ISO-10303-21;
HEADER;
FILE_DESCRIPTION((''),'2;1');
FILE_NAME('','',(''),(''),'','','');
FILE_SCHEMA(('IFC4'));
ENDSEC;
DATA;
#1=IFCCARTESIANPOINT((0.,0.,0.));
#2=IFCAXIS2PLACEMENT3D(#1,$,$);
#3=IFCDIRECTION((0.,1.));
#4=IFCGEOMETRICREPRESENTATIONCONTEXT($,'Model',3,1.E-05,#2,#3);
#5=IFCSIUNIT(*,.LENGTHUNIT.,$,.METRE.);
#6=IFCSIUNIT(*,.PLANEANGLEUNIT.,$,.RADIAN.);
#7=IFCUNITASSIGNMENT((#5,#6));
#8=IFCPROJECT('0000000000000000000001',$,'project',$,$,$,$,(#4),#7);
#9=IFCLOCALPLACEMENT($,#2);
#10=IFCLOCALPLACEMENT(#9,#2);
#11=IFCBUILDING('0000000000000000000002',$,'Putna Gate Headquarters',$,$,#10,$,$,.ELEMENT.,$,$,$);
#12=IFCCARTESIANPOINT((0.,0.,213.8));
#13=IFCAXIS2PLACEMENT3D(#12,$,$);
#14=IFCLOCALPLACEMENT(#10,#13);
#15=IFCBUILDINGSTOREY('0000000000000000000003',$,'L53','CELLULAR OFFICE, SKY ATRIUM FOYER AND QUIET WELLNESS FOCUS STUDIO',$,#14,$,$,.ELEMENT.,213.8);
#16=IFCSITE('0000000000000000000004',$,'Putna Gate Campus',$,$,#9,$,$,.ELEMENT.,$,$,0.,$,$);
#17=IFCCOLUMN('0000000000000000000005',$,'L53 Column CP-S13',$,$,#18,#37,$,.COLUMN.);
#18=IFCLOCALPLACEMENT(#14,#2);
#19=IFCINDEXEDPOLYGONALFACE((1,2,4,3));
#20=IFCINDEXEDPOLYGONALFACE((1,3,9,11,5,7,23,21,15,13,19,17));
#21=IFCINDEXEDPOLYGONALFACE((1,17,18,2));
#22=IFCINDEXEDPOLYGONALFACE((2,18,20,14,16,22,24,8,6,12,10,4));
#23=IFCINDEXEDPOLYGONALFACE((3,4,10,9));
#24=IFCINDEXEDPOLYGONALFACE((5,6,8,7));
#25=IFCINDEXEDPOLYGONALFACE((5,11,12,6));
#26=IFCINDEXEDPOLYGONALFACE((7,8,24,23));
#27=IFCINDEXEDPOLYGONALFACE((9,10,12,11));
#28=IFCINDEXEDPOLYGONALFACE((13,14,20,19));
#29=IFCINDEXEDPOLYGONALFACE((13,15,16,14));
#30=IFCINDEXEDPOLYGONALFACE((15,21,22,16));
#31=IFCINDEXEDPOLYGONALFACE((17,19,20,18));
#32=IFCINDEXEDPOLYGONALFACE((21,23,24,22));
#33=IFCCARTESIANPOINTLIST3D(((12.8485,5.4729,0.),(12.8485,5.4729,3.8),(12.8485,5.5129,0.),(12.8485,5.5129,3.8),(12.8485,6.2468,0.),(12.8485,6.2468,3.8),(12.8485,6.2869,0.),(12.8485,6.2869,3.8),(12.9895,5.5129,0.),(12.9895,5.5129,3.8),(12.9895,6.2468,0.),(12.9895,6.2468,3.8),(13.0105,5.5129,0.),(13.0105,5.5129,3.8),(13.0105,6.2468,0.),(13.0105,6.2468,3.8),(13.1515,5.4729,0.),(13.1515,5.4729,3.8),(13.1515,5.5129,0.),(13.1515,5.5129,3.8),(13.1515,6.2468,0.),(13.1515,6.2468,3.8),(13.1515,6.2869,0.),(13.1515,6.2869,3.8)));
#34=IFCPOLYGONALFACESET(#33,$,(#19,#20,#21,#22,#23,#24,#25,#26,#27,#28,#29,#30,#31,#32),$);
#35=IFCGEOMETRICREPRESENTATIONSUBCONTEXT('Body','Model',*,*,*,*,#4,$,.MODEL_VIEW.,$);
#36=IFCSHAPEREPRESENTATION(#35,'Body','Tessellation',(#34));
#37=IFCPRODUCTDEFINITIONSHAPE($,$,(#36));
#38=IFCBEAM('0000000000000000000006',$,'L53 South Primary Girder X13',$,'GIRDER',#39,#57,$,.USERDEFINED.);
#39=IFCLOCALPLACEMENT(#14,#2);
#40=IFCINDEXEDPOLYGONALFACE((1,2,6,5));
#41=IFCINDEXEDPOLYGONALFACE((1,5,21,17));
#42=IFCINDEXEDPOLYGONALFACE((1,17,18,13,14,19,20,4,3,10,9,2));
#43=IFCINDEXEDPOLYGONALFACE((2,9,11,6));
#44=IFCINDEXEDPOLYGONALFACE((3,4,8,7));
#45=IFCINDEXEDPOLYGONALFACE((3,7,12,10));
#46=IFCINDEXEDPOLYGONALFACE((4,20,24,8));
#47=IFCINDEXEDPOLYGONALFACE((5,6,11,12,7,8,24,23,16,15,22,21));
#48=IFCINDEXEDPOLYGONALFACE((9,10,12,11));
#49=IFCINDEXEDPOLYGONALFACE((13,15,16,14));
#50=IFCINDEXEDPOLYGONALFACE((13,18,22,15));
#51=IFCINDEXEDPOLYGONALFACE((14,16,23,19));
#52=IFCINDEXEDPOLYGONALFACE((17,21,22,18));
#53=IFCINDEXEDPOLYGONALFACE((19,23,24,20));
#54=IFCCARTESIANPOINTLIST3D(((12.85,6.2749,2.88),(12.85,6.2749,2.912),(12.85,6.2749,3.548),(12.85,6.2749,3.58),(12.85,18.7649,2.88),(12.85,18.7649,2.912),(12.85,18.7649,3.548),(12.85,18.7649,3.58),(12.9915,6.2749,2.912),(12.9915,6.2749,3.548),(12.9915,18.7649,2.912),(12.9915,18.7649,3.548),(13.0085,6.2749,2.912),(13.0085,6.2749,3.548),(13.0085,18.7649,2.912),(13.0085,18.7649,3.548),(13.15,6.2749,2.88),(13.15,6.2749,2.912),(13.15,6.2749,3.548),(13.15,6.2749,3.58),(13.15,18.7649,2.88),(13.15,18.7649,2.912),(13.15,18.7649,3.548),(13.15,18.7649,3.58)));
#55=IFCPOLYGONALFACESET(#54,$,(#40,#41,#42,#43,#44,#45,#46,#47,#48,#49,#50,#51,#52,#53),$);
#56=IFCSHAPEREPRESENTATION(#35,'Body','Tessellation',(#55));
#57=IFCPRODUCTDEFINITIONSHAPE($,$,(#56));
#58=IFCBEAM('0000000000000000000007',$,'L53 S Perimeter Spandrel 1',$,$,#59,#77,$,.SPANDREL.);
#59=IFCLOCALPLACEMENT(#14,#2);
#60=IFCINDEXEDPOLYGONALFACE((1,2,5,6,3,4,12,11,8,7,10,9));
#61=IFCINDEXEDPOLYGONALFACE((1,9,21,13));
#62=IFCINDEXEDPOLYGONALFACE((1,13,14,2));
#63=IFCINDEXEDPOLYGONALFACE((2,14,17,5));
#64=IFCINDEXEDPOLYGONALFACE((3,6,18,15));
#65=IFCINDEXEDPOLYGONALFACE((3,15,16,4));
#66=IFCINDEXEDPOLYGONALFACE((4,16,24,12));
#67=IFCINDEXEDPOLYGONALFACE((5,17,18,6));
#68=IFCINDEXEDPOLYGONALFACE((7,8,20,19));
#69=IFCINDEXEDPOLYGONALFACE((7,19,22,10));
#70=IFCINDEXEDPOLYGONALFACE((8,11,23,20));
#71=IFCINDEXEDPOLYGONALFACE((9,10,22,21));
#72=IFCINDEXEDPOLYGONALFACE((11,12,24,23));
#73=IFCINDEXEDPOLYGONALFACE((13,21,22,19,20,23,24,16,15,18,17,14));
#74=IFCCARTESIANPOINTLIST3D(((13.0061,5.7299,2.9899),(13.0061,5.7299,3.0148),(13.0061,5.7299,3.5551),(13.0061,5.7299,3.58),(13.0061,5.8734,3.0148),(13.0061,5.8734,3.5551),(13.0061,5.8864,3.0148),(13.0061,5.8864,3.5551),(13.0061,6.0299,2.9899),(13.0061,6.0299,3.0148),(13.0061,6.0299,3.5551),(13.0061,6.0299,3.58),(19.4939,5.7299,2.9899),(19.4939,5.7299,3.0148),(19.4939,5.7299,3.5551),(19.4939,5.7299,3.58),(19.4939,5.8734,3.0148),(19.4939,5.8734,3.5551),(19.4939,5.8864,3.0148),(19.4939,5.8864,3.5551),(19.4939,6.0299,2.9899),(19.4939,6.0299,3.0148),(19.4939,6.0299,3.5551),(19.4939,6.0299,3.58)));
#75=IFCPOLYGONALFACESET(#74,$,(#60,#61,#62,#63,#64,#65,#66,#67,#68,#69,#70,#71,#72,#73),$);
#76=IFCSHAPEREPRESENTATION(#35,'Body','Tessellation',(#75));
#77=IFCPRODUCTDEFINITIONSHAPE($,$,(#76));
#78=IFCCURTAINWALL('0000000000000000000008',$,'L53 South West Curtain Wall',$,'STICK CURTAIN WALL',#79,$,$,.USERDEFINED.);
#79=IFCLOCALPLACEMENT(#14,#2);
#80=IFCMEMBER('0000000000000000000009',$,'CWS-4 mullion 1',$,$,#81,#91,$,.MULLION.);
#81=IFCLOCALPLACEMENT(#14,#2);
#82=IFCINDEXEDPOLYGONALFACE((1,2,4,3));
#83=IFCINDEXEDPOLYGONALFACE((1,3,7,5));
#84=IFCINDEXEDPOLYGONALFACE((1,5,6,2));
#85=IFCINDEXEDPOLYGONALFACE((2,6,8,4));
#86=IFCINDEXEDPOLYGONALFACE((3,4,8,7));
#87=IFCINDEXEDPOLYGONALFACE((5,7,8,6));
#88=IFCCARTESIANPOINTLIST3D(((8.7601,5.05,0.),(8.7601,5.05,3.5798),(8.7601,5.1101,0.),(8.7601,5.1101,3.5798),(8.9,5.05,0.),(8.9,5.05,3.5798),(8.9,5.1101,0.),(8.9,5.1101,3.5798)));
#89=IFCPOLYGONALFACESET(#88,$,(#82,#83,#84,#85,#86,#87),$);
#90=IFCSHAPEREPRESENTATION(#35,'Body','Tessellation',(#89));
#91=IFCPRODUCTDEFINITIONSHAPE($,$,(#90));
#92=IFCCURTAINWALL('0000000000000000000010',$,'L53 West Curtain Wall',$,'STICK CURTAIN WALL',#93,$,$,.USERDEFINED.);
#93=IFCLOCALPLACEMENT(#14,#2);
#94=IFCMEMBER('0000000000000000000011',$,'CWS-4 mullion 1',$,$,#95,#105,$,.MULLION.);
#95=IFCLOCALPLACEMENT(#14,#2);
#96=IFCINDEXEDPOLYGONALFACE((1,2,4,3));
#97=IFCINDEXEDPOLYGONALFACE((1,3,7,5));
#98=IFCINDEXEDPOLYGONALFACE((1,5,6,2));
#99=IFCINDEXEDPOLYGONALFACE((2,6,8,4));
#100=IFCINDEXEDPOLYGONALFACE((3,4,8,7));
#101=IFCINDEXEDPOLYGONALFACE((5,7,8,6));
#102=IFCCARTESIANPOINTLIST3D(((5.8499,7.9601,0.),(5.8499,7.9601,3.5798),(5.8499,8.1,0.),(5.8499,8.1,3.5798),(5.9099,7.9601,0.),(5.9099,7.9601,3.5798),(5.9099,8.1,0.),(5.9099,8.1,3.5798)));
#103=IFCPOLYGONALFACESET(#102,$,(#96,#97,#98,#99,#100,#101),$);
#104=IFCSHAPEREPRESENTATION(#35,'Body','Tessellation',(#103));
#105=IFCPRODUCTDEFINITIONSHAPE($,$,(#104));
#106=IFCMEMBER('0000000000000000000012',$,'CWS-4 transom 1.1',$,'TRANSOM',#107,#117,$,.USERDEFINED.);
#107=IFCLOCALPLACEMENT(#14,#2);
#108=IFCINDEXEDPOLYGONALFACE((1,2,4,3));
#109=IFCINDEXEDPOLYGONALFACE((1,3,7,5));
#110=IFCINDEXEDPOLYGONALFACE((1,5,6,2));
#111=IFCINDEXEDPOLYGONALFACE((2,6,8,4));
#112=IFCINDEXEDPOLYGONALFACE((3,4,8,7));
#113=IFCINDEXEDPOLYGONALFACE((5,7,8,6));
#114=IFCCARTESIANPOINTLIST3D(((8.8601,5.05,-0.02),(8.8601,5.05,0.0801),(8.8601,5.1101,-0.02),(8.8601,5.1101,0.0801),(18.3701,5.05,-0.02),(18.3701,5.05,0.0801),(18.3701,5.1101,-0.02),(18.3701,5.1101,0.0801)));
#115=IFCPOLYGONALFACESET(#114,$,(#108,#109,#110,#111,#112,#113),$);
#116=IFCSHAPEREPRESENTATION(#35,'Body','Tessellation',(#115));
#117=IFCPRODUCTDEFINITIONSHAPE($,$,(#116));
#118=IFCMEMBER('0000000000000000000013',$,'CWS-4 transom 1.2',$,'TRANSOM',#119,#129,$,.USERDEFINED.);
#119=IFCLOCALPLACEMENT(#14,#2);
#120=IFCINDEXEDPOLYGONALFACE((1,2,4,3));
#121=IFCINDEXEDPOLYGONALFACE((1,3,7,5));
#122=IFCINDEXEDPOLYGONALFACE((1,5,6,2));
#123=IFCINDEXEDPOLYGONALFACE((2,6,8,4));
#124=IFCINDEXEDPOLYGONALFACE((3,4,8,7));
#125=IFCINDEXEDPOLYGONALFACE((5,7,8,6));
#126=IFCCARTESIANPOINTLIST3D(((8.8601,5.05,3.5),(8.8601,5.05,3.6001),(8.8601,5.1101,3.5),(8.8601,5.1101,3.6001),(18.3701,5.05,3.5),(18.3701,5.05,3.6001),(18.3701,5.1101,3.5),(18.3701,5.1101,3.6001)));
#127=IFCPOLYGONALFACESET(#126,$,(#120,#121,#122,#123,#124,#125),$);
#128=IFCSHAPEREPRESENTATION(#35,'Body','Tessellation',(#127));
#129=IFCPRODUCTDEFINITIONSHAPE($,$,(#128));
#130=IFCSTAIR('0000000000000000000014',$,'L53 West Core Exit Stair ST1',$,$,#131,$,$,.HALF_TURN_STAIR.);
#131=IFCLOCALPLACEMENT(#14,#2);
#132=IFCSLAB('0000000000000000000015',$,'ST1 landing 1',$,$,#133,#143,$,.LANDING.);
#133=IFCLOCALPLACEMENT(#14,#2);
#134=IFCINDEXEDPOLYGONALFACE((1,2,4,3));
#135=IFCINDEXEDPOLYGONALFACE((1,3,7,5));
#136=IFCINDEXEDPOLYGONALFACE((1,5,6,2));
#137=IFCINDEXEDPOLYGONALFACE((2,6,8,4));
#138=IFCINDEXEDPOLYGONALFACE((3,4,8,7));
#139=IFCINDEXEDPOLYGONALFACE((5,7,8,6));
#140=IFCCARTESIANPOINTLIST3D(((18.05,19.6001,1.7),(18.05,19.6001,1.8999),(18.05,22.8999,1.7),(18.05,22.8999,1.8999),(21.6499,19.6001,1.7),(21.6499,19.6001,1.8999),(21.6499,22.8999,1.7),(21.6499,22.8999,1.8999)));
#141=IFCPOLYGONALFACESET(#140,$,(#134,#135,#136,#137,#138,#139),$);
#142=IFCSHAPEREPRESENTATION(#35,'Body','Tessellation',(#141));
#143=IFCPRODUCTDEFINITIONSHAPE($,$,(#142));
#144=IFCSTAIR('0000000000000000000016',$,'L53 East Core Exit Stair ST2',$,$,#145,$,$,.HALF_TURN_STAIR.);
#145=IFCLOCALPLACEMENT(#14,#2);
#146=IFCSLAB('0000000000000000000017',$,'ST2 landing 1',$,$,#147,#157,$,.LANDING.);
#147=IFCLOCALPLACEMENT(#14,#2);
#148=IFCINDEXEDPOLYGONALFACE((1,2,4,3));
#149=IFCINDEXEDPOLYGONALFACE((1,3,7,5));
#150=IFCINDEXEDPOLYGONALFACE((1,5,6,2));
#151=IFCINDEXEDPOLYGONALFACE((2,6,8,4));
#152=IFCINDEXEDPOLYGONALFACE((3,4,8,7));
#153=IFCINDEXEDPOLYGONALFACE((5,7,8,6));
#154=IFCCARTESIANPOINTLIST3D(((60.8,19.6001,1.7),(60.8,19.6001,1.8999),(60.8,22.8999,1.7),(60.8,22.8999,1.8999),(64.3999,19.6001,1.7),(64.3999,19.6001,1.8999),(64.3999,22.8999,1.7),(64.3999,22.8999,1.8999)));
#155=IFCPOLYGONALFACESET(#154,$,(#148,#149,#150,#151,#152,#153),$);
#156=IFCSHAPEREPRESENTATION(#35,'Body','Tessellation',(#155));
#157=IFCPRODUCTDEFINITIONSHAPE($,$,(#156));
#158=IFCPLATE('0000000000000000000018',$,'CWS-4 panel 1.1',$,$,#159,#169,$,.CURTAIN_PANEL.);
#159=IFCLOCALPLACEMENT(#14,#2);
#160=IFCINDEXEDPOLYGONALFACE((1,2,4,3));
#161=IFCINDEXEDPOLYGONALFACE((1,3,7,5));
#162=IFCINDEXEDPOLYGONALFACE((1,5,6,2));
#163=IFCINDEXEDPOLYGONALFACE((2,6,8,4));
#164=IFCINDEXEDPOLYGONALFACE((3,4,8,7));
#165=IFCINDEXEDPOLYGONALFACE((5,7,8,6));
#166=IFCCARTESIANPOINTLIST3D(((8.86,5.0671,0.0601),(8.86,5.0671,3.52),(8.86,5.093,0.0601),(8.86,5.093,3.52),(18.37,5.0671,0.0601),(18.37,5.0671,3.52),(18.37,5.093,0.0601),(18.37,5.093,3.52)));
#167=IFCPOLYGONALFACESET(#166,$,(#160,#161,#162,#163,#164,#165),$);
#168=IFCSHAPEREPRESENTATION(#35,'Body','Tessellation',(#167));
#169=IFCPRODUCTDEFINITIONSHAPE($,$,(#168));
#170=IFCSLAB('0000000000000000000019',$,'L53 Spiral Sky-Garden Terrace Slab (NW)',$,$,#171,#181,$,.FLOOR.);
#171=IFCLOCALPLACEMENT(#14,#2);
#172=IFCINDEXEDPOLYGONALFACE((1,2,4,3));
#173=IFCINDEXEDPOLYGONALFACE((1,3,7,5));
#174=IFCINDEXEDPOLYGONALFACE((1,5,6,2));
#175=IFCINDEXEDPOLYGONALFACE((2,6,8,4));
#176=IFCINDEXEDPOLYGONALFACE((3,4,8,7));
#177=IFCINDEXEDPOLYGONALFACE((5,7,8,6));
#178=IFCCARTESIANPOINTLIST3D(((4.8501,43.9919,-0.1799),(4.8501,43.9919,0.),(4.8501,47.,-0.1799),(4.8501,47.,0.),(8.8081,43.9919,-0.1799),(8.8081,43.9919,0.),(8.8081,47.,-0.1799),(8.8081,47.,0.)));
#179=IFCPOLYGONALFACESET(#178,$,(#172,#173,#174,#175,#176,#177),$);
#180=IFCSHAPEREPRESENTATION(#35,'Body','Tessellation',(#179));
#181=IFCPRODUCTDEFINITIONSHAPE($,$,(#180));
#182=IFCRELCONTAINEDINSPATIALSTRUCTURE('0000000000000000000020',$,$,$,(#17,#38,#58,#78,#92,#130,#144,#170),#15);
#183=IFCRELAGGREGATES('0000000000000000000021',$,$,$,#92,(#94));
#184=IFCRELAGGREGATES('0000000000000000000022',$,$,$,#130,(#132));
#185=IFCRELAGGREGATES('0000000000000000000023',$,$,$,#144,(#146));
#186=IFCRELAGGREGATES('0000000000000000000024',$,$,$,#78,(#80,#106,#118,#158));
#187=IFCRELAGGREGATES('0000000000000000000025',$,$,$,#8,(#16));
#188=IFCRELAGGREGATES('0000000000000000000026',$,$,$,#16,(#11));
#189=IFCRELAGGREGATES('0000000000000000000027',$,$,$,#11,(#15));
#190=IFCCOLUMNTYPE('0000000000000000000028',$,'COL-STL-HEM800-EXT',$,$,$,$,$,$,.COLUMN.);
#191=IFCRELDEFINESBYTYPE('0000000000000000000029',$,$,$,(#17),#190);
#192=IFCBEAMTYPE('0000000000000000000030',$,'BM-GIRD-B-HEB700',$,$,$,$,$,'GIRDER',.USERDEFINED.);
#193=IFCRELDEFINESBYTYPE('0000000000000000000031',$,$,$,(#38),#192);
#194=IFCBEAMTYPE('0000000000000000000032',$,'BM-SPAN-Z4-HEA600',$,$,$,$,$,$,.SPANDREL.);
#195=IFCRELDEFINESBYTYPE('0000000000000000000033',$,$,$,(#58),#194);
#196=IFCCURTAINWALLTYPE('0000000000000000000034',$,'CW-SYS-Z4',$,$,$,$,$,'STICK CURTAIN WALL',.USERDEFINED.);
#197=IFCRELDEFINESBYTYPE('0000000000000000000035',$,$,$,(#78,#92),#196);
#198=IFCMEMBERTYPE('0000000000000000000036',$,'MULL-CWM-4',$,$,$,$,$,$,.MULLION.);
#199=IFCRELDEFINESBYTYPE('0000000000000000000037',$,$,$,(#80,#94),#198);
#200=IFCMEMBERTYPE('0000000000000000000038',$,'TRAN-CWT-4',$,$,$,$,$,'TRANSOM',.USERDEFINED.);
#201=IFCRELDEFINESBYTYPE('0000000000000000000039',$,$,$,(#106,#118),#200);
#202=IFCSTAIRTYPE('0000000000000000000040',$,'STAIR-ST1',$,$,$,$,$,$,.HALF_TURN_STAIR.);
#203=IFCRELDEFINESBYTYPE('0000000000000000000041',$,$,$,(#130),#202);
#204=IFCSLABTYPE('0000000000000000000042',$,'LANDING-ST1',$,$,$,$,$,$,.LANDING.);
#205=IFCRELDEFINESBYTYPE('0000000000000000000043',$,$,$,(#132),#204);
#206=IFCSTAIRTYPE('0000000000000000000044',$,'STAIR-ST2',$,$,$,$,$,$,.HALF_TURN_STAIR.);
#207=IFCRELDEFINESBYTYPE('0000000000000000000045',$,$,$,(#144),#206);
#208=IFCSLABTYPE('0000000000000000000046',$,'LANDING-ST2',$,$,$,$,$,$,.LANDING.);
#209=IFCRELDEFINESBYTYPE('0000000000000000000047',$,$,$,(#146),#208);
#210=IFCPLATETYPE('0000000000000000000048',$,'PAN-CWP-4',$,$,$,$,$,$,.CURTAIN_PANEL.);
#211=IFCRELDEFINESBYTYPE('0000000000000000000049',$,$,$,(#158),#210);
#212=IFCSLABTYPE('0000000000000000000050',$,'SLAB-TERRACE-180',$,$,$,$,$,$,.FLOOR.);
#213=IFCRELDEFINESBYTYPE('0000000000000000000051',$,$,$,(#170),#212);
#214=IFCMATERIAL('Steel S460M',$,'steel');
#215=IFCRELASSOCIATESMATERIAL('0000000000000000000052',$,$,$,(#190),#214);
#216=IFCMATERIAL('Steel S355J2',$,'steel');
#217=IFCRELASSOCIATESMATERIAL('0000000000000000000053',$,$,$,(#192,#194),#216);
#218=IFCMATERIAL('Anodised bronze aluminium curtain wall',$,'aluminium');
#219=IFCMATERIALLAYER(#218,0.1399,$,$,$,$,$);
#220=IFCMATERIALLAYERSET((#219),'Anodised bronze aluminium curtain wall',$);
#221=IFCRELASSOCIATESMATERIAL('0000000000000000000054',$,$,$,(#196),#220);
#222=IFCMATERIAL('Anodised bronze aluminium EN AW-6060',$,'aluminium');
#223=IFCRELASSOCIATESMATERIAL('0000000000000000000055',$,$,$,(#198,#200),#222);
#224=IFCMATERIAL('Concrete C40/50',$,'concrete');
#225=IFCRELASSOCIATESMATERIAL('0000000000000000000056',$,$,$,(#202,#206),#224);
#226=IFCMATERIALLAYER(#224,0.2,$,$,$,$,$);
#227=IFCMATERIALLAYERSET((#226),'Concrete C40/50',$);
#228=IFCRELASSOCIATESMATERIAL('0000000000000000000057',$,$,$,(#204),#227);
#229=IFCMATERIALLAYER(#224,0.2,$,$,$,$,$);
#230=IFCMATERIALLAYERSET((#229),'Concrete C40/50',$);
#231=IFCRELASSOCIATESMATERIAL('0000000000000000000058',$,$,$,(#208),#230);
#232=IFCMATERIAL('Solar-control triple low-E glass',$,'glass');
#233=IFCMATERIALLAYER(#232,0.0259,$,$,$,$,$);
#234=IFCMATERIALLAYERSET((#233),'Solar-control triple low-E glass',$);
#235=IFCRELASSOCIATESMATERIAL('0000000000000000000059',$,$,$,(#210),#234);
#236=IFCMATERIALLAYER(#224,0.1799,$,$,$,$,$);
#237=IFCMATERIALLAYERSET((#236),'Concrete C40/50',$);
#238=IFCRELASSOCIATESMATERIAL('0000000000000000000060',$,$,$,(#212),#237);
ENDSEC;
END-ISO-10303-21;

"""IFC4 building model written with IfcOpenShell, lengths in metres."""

from ifc_helpers import new_model, si_unit, direction, frame, origin, origin_2d, place, context, subcontext, project, spatial, polyline, rectangle, i_section, outline, extrude, material, layer, layer_set, material_profile, profile_set, type_object, element, aggregate, save


model = new_model("IFC4")

# Units and contexts
model_context = context("Model", 3, precision=1e-05, world=origin(), true_north=direction((0.0, 1.0)))
body_context = subcontext(model_context, "Body", "Model", "MODEL_VIEW")
ifc_project = project(units=[si_unit("LENGTHUNIT", "METRE"), si_unit("PLANEANGLEUNIT", "RADIAN")], contexts=[model_context])

# Site, building, storey
site_placement = place(None, origin())
site = spatial("IfcSite", under=ifc_project, at=site_placement, Name="Putna Gate Campus", CompositionType="ELEMENT", RefElevation=0.0)
building_placement = place(site_placement, origin())
building = spatial("IfcBuilding", under=site, at=building_placement, Name="Putna Gate Headquarters", CompositionType="ELEMENT")
storey_placement = place(building_placement, frame((0.0, 0.0, 213.8)))
storey = spatial("IfcBuildingStorey", under=building, at=storey_placement, Name="L53", Description="CELLULAR OFFICE, SKY ATRIUM FOYER AND QUIET WELLNESS FOCUS STUDIO", CompositionType="ELEMENT", Elevation=213.8)

# Column
ifc_material_1 = material(Name="Steel S460M", Category="steel")
ifc_material_profile_1 = material_profile(ifc_material_1, i_section(OverallWidth=0.303, OverallDepth=0.814, WebThickness=0.021, FlangeThickness=0.04, at=origin_2d()), Name="Steel S460M")
ifc_profile_set_1 = profile_set([ifc_material_profile_1], Name="Steel S460M")
column_type = type_object("IfcColumnType", Name="COL-STL-HEM800-EXT", PredefinedType="COLUMN", material=ifc_profile_set_1)
column_placement = place(storey_placement, frame((13.0, 5.8799, 0.0), z_axis=(0.0, 0.0, 1.0), x_axis=(1.0, 0.0, 0.0)))
element("IfcColumn", 1, at=column_placement, inside=storey, type_object=column_type, Name="L53 Column CP-S13", PredefinedType="COLUMN", context=body_context, shape_type="SweptSolid", body=[
    extrude(i_section(OverallWidth=0.303, OverallDepth=0.814, WebThickness=0.021, FlangeThickness=0.04, at=origin_2d()), origin(), (0.0, 0.0, 1.0), 3.8),
])

# Beams
ifc_material_2 = material(Name="Steel S355J2", Category="steel")
ifc_material_profile_2 = material_profile(ifc_material_2, i_section(OverallWidth=0.3, OverallDepth=0.7, WebThickness=0.0171, FlangeThickness=0.032, at=origin_2d()), Name="Steel S355J2")
ifc_profile_set_2 = profile_set([ifc_material_profile_2], Name="Steel S355J2")
beam_type_1 = type_object("IfcBeamType", Name="BM-GIRD-B-HEB700", ElementType="GIRDER", PredefinedType="USERDEFINED", material=ifc_profile_set_2)
beam_1_placement = place(storey_placement, frame((13.0, 6.2749, 3.23), z_axis=(0.0, 1.0, 0.0), x_axis=(-1.0, 0.0, 0.0)))
element("IfcBeam", 2, at=beam_1_placement, inside=storey, type_object=beam_type_1, Name="L53 South Primary Girder X13", ObjectType="GIRDER", PredefinedType="USERDEFINED", context=body_context, shape_type="SweptSolid", body=[
    extrude(i_section(OverallWidth=0.3, OverallDepth=0.7, WebThickness=0.0171, FlangeThickness=0.032, at=origin_2d()), origin(), (0.0, 0.0, 1.0), 12.49),
])
ifc_material_profile_3 = material_profile(ifc_material_2, i_section(OverallWidth=0.3, OverallDepth=0.5901, WebThickness=0.0129, FlangeThickness=0.0249, at=origin_2d()), Name="Steel S355J2")
ifc_profile_set_3 = profile_set([ifc_material_profile_3], Name="Steel S355J2")
beam_type_2 = type_object("IfcBeamType", Name="BM-SPAN-Z4-HEA600", PredefinedType="SPANDREL", material=ifc_profile_set_3)
beam_2_placement = place(storey_placement, frame((13.0061, 5.8799, 3.2849), z_axis=(1.0, 0.0, 0.0), x_axis=(0.0, 1.0, 0.0)))
element("IfcBeam", 3, at=beam_2_placement, inside=storey, type_object=beam_type_2, Name="L53 S Perimeter Spandrel 1", PredefinedType="SPANDREL", context=body_context, shape_type="SweptSolid", body=[
    extrude(i_section(OverallWidth=0.3, OverallDepth=0.5901, WebThickness=0.0129, FlangeThickness=0.0249, at=origin_2d()), origin(), (0.0, 0.0, 1.0), 6.4878),
])

# Curtain walls, members
ifc_material_3 = material(Name="Anodised bronze aluminium curtain wall", Category="aluminium")
ifc_layer_1 = layer(ifc_material_3, 0.1399)
ifc_layer_set_1 = layer_set([ifc_layer_1], Name="Anodised bronze aluminium curtain wall")
curtain_wall_type = type_object("IfcCurtainWallType", Name="CW-SYS-Z4", ElementType="STICK CURTAIN WALL", PredefinedType="USERDEFINED", material=ifc_layer_set_1)
curtain_wall_1_placement = place(storey_placement, origin())
curtain_wall_1 = element("IfcCurtainWall", 4, at=curtain_wall_1_placement, inside=storey, type_object=curtain_wall_type, Name="L53 South West Curtain Wall", ObjectType="STICK CURTAIN WALL", PredefinedType="USERDEFINED")
ifc_material_4 = material(Name="Anodised bronze aluminium EN AW-6060", Category="aluminium")
ifc_material_profile_4 = material_profile(ifc_material_4, rectangle(XDim=0.0601, YDim=0.1399, at=origin_2d()), Name="Anodised bronze aluminium EN AW-6060")
ifc_profile_set_4 = profile_set([ifc_material_profile_4], Name="Anodised bronze aluminium EN AW-6060")
member_type_1 = type_object("IfcMemberType", Name="MULL-CWM-4", PredefinedType="MULLION", material=ifc_profile_set_4)
member_1_placement = place(storey_placement, frame((8.8301, 5.0801, 0.0), z_axis=(0.0, 0.0, 1.0), x_axis=(0.0, 1.0, 0.0)))
member_1 = element("IfcMember", 5, at=member_1_placement, type_object=member_type_1, Name="CWS-4 mullion 1", PredefinedType="MULLION", context=body_context, shape_type="SweptSolid", body=[
    extrude(rectangle(XDim=0.0601, YDim=0.1399, at=origin_2d()), origin(), (0.0, 0.0, 1.0), 3.5798),
])
curtain_wall_2_placement = place(storey_placement, origin())
curtain_wall_2 = element("IfcCurtainWall", 6, at=curtain_wall_2_placement, inside=storey, type_object=curtain_wall_type, Name="L53 West Curtain Wall", ObjectType="STICK CURTAIN WALL", PredefinedType="USERDEFINED")
member_2_placement = place(storey_placement, frame((5.8799, 8.03, 0.0), z_axis=(0.0, 0.0, 1.0), x_axis=(-1.0, 0.0, 0.0)))
member_2 = element("IfcMember", 7, at=member_2_placement, type_object=member_type_1, Name="CWS-4 mullion 1", PredefinedType="MULLION", context=body_context, shape_type="SweptSolid", body=[
    extrude(rectangle(XDim=0.0601, YDim=0.1399, at=origin_2d()), origin(), (0.0, 0.0, 1.0), 3.5798),
])
aggregate(curtain_wall_2, [member_2])

# Members
ifc_material_profile_5 = material_profile(ifc_material_4, rectangle(XDim=0.0601, YDim=0.1001, at=origin_2d()), Name="Anodised bronze aluminium EN AW-6060")
ifc_profile_set_5 = profile_set([ifc_material_profile_5], Name="Anodised bronze aluminium EN AW-6060")
member_type_2 = type_object("IfcMemberType", Name="TRAN-CWT-4", ElementType="TRANSOM", PredefinedType="USERDEFINED", material=ifc_profile_set_5)
member_3_placement = place(storey_placement, frame((8.8601, 5.0801, 0.03), z_axis=(1.0, 0.0, 0.0), x_axis=(0.0, 1.0, 0.0)))
member_3 = element("IfcMember", 8, at=member_3_placement, type_object=member_type_2, Name="CWS-4 transom 1.1", ObjectType="TRANSOM", PredefinedType="USERDEFINED", context=body_context, shape_type="SweptSolid", body=[
    extrude(rectangle(XDim=0.0601, YDim=0.1001, at=origin_2d()), origin(), (0.0, 0.0, 1.0), 9.51),
])
member_4_placement = place(storey_placement, frame((8.8601, 5.0801, 3.55), z_axis=(1.0, 0.0, 0.0), x_axis=(0.0, 1.0, 0.0)))
member_4 = element("IfcMember", 9, at=member_4_placement, type_object=member_type_2, Name="CWS-4 transom 1.2", ObjectType="TRANSOM", PredefinedType="USERDEFINED", context=body_context, shape_type="SweptSolid", body=[
    extrude(rectangle(XDim=0.0601, YDim=0.1001, at=origin_2d()), origin(), (0.0, 0.0, 1.0), 9.51),
])

# Stairs, slabs
ifc_material_5 = material(Name="Concrete C40/50", Category="concrete")
stair_type_1 = type_object("IfcStairType", Name="STAIR-ST1", PredefinedType="HALF_TURN_STAIR", material=ifc_material_5)
stair_1_placement = place(storey_placement, origin())
stair_1 = element("IfcStair", 10, at=stair_1_placement, inside=storey, type_object=stair_type_1, Name="L53 West Core Exit Stair ST1", PredefinedType="HALF_TURN_STAIR")
ifc_layer_2 = layer(ifc_material_5, 0.2)
ifc_layer_set_2 = layer_set([ifc_layer_2], Name="Concrete C40/50")
slab_type_1 = type_object("IfcSlabType", Name="LANDING-ST1", PredefinedType="LANDING", material=ifc_layer_set_2)
slab_1_placement = place(storey_placement, frame((0.0, 0.0, 1.7)))
slab_1 = element("IfcSlab", 11, at=slab_1_placement, type_object=slab_type_1, Name="ST1 landing 1", PredefinedType="LANDING", context=body_context, shape_type="SweptSolid", body=[
    extrude(outline(polyline([(18.05, 19.6001), (21.6499, 19.6001), (21.6499, 22.8999), (18.05, 22.8999), (18.05, 19.6001)])), origin(), (0.0, 0.0, 1.0), 0.2),
])
aggregate(stair_1, [slab_1])
stair_type_2 = type_object("IfcStairType", Name="STAIR-ST2", PredefinedType="HALF_TURN_STAIR", material=ifc_material_5)
stair_2_placement = place(storey_placement, origin())
stair_2 = element("IfcStair", 12, at=stair_2_placement, inside=storey, type_object=stair_type_2, Name="L53 East Core Exit Stair ST2", PredefinedType="HALF_TURN_STAIR")
ifc_layer_3 = layer(ifc_material_5, 0.2)
ifc_layer_set_3 = layer_set([ifc_layer_3], Name="Concrete C40/50")
slab_type_2 = type_object("IfcSlabType", Name="LANDING-ST2", PredefinedType="LANDING", material=ifc_layer_set_3)
slab_2_placement = place(storey_placement, frame((0.0, 0.0, 1.7)))
slab_2 = element("IfcSlab", 13, at=slab_2_placement, type_object=slab_type_2, Name="ST2 landing 1", PredefinedType="LANDING", context=body_context, shape_type="SweptSolid", body=[
    extrude(outline(polyline([(60.8, 19.6001), (64.3999, 19.6001), (64.3999, 22.8999), (60.8, 22.8999), (60.8, 19.6001)])), origin(), (0.0, 0.0, 1.0), 0.2),
])
aggregate(stair_2, [slab_2])

# Plate
ifc_material_6 = material(Name="Solar-control triple low-E glass", Category="glass")
ifc_layer_4 = layer(ifc_material_6, 0.0259)
ifc_layer_set_4 = layer_set([ifc_layer_4], Name="Solar-control triple low-E glass")
plate_type = type_object("IfcPlateType", Name="PAN-CWP-4", PredefinedType="CURTAIN_PANEL", material=ifc_layer_set_4)
plate_placement = place(storey_placement, frame((13.615, 5.0801, 0.0601), z_axis=(0.0, 0.0, 1.0), x_axis=(1.0, 0.0, 0.0)))
plate = element("IfcPlate", 14, at=plate_placement, type_object=plate_type, Name="CWS-4 panel 1.1", PredefinedType="CURTAIN_PANEL", context=body_context, shape_type="SweptSolid", body=[
    extrude(rectangle(XDim=9.51, YDim=0.0259, at=origin_2d()), origin(), (0.0, 0.0, 1.0), 3.46),
])
aggregate(curtain_wall_1, [member_1, member_3, member_4, plate])

# Slab
ifc_layer_5 = layer(ifc_material_5, 0.1799)
ifc_layer_set_5 = layer_set([ifc_layer_5], Name="Concrete C40/50")
slab_type_3 = type_object("IfcSlabType", Name="SLAB-TERRACE-180", PredefinedType="FLOOR", material=ifc_layer_set_5)
slab_3_placement = place(storey_placement, frame((0.0, 0.0, -0.1799)))
element("IfcSlab", 15, at=slab_3_placement, inside=storey, type_object=slab_type_3, Name="L53 Spiral Sky-Garden Terrace Slab (NW)", PredefinedType="FLOOR", context=body_context, shape_type="SweptSolid", body=[
    extrude(outline(polyline([(4.8501, 43.9919), (8.8081, 43.9919), (8.8081, 47.0), (4.8501, 47.0), (4.8501, 43.9919)])), origin(), (0.0, 0.0, 1.0), 0.1799),
])

save(model, "model.ifc")
